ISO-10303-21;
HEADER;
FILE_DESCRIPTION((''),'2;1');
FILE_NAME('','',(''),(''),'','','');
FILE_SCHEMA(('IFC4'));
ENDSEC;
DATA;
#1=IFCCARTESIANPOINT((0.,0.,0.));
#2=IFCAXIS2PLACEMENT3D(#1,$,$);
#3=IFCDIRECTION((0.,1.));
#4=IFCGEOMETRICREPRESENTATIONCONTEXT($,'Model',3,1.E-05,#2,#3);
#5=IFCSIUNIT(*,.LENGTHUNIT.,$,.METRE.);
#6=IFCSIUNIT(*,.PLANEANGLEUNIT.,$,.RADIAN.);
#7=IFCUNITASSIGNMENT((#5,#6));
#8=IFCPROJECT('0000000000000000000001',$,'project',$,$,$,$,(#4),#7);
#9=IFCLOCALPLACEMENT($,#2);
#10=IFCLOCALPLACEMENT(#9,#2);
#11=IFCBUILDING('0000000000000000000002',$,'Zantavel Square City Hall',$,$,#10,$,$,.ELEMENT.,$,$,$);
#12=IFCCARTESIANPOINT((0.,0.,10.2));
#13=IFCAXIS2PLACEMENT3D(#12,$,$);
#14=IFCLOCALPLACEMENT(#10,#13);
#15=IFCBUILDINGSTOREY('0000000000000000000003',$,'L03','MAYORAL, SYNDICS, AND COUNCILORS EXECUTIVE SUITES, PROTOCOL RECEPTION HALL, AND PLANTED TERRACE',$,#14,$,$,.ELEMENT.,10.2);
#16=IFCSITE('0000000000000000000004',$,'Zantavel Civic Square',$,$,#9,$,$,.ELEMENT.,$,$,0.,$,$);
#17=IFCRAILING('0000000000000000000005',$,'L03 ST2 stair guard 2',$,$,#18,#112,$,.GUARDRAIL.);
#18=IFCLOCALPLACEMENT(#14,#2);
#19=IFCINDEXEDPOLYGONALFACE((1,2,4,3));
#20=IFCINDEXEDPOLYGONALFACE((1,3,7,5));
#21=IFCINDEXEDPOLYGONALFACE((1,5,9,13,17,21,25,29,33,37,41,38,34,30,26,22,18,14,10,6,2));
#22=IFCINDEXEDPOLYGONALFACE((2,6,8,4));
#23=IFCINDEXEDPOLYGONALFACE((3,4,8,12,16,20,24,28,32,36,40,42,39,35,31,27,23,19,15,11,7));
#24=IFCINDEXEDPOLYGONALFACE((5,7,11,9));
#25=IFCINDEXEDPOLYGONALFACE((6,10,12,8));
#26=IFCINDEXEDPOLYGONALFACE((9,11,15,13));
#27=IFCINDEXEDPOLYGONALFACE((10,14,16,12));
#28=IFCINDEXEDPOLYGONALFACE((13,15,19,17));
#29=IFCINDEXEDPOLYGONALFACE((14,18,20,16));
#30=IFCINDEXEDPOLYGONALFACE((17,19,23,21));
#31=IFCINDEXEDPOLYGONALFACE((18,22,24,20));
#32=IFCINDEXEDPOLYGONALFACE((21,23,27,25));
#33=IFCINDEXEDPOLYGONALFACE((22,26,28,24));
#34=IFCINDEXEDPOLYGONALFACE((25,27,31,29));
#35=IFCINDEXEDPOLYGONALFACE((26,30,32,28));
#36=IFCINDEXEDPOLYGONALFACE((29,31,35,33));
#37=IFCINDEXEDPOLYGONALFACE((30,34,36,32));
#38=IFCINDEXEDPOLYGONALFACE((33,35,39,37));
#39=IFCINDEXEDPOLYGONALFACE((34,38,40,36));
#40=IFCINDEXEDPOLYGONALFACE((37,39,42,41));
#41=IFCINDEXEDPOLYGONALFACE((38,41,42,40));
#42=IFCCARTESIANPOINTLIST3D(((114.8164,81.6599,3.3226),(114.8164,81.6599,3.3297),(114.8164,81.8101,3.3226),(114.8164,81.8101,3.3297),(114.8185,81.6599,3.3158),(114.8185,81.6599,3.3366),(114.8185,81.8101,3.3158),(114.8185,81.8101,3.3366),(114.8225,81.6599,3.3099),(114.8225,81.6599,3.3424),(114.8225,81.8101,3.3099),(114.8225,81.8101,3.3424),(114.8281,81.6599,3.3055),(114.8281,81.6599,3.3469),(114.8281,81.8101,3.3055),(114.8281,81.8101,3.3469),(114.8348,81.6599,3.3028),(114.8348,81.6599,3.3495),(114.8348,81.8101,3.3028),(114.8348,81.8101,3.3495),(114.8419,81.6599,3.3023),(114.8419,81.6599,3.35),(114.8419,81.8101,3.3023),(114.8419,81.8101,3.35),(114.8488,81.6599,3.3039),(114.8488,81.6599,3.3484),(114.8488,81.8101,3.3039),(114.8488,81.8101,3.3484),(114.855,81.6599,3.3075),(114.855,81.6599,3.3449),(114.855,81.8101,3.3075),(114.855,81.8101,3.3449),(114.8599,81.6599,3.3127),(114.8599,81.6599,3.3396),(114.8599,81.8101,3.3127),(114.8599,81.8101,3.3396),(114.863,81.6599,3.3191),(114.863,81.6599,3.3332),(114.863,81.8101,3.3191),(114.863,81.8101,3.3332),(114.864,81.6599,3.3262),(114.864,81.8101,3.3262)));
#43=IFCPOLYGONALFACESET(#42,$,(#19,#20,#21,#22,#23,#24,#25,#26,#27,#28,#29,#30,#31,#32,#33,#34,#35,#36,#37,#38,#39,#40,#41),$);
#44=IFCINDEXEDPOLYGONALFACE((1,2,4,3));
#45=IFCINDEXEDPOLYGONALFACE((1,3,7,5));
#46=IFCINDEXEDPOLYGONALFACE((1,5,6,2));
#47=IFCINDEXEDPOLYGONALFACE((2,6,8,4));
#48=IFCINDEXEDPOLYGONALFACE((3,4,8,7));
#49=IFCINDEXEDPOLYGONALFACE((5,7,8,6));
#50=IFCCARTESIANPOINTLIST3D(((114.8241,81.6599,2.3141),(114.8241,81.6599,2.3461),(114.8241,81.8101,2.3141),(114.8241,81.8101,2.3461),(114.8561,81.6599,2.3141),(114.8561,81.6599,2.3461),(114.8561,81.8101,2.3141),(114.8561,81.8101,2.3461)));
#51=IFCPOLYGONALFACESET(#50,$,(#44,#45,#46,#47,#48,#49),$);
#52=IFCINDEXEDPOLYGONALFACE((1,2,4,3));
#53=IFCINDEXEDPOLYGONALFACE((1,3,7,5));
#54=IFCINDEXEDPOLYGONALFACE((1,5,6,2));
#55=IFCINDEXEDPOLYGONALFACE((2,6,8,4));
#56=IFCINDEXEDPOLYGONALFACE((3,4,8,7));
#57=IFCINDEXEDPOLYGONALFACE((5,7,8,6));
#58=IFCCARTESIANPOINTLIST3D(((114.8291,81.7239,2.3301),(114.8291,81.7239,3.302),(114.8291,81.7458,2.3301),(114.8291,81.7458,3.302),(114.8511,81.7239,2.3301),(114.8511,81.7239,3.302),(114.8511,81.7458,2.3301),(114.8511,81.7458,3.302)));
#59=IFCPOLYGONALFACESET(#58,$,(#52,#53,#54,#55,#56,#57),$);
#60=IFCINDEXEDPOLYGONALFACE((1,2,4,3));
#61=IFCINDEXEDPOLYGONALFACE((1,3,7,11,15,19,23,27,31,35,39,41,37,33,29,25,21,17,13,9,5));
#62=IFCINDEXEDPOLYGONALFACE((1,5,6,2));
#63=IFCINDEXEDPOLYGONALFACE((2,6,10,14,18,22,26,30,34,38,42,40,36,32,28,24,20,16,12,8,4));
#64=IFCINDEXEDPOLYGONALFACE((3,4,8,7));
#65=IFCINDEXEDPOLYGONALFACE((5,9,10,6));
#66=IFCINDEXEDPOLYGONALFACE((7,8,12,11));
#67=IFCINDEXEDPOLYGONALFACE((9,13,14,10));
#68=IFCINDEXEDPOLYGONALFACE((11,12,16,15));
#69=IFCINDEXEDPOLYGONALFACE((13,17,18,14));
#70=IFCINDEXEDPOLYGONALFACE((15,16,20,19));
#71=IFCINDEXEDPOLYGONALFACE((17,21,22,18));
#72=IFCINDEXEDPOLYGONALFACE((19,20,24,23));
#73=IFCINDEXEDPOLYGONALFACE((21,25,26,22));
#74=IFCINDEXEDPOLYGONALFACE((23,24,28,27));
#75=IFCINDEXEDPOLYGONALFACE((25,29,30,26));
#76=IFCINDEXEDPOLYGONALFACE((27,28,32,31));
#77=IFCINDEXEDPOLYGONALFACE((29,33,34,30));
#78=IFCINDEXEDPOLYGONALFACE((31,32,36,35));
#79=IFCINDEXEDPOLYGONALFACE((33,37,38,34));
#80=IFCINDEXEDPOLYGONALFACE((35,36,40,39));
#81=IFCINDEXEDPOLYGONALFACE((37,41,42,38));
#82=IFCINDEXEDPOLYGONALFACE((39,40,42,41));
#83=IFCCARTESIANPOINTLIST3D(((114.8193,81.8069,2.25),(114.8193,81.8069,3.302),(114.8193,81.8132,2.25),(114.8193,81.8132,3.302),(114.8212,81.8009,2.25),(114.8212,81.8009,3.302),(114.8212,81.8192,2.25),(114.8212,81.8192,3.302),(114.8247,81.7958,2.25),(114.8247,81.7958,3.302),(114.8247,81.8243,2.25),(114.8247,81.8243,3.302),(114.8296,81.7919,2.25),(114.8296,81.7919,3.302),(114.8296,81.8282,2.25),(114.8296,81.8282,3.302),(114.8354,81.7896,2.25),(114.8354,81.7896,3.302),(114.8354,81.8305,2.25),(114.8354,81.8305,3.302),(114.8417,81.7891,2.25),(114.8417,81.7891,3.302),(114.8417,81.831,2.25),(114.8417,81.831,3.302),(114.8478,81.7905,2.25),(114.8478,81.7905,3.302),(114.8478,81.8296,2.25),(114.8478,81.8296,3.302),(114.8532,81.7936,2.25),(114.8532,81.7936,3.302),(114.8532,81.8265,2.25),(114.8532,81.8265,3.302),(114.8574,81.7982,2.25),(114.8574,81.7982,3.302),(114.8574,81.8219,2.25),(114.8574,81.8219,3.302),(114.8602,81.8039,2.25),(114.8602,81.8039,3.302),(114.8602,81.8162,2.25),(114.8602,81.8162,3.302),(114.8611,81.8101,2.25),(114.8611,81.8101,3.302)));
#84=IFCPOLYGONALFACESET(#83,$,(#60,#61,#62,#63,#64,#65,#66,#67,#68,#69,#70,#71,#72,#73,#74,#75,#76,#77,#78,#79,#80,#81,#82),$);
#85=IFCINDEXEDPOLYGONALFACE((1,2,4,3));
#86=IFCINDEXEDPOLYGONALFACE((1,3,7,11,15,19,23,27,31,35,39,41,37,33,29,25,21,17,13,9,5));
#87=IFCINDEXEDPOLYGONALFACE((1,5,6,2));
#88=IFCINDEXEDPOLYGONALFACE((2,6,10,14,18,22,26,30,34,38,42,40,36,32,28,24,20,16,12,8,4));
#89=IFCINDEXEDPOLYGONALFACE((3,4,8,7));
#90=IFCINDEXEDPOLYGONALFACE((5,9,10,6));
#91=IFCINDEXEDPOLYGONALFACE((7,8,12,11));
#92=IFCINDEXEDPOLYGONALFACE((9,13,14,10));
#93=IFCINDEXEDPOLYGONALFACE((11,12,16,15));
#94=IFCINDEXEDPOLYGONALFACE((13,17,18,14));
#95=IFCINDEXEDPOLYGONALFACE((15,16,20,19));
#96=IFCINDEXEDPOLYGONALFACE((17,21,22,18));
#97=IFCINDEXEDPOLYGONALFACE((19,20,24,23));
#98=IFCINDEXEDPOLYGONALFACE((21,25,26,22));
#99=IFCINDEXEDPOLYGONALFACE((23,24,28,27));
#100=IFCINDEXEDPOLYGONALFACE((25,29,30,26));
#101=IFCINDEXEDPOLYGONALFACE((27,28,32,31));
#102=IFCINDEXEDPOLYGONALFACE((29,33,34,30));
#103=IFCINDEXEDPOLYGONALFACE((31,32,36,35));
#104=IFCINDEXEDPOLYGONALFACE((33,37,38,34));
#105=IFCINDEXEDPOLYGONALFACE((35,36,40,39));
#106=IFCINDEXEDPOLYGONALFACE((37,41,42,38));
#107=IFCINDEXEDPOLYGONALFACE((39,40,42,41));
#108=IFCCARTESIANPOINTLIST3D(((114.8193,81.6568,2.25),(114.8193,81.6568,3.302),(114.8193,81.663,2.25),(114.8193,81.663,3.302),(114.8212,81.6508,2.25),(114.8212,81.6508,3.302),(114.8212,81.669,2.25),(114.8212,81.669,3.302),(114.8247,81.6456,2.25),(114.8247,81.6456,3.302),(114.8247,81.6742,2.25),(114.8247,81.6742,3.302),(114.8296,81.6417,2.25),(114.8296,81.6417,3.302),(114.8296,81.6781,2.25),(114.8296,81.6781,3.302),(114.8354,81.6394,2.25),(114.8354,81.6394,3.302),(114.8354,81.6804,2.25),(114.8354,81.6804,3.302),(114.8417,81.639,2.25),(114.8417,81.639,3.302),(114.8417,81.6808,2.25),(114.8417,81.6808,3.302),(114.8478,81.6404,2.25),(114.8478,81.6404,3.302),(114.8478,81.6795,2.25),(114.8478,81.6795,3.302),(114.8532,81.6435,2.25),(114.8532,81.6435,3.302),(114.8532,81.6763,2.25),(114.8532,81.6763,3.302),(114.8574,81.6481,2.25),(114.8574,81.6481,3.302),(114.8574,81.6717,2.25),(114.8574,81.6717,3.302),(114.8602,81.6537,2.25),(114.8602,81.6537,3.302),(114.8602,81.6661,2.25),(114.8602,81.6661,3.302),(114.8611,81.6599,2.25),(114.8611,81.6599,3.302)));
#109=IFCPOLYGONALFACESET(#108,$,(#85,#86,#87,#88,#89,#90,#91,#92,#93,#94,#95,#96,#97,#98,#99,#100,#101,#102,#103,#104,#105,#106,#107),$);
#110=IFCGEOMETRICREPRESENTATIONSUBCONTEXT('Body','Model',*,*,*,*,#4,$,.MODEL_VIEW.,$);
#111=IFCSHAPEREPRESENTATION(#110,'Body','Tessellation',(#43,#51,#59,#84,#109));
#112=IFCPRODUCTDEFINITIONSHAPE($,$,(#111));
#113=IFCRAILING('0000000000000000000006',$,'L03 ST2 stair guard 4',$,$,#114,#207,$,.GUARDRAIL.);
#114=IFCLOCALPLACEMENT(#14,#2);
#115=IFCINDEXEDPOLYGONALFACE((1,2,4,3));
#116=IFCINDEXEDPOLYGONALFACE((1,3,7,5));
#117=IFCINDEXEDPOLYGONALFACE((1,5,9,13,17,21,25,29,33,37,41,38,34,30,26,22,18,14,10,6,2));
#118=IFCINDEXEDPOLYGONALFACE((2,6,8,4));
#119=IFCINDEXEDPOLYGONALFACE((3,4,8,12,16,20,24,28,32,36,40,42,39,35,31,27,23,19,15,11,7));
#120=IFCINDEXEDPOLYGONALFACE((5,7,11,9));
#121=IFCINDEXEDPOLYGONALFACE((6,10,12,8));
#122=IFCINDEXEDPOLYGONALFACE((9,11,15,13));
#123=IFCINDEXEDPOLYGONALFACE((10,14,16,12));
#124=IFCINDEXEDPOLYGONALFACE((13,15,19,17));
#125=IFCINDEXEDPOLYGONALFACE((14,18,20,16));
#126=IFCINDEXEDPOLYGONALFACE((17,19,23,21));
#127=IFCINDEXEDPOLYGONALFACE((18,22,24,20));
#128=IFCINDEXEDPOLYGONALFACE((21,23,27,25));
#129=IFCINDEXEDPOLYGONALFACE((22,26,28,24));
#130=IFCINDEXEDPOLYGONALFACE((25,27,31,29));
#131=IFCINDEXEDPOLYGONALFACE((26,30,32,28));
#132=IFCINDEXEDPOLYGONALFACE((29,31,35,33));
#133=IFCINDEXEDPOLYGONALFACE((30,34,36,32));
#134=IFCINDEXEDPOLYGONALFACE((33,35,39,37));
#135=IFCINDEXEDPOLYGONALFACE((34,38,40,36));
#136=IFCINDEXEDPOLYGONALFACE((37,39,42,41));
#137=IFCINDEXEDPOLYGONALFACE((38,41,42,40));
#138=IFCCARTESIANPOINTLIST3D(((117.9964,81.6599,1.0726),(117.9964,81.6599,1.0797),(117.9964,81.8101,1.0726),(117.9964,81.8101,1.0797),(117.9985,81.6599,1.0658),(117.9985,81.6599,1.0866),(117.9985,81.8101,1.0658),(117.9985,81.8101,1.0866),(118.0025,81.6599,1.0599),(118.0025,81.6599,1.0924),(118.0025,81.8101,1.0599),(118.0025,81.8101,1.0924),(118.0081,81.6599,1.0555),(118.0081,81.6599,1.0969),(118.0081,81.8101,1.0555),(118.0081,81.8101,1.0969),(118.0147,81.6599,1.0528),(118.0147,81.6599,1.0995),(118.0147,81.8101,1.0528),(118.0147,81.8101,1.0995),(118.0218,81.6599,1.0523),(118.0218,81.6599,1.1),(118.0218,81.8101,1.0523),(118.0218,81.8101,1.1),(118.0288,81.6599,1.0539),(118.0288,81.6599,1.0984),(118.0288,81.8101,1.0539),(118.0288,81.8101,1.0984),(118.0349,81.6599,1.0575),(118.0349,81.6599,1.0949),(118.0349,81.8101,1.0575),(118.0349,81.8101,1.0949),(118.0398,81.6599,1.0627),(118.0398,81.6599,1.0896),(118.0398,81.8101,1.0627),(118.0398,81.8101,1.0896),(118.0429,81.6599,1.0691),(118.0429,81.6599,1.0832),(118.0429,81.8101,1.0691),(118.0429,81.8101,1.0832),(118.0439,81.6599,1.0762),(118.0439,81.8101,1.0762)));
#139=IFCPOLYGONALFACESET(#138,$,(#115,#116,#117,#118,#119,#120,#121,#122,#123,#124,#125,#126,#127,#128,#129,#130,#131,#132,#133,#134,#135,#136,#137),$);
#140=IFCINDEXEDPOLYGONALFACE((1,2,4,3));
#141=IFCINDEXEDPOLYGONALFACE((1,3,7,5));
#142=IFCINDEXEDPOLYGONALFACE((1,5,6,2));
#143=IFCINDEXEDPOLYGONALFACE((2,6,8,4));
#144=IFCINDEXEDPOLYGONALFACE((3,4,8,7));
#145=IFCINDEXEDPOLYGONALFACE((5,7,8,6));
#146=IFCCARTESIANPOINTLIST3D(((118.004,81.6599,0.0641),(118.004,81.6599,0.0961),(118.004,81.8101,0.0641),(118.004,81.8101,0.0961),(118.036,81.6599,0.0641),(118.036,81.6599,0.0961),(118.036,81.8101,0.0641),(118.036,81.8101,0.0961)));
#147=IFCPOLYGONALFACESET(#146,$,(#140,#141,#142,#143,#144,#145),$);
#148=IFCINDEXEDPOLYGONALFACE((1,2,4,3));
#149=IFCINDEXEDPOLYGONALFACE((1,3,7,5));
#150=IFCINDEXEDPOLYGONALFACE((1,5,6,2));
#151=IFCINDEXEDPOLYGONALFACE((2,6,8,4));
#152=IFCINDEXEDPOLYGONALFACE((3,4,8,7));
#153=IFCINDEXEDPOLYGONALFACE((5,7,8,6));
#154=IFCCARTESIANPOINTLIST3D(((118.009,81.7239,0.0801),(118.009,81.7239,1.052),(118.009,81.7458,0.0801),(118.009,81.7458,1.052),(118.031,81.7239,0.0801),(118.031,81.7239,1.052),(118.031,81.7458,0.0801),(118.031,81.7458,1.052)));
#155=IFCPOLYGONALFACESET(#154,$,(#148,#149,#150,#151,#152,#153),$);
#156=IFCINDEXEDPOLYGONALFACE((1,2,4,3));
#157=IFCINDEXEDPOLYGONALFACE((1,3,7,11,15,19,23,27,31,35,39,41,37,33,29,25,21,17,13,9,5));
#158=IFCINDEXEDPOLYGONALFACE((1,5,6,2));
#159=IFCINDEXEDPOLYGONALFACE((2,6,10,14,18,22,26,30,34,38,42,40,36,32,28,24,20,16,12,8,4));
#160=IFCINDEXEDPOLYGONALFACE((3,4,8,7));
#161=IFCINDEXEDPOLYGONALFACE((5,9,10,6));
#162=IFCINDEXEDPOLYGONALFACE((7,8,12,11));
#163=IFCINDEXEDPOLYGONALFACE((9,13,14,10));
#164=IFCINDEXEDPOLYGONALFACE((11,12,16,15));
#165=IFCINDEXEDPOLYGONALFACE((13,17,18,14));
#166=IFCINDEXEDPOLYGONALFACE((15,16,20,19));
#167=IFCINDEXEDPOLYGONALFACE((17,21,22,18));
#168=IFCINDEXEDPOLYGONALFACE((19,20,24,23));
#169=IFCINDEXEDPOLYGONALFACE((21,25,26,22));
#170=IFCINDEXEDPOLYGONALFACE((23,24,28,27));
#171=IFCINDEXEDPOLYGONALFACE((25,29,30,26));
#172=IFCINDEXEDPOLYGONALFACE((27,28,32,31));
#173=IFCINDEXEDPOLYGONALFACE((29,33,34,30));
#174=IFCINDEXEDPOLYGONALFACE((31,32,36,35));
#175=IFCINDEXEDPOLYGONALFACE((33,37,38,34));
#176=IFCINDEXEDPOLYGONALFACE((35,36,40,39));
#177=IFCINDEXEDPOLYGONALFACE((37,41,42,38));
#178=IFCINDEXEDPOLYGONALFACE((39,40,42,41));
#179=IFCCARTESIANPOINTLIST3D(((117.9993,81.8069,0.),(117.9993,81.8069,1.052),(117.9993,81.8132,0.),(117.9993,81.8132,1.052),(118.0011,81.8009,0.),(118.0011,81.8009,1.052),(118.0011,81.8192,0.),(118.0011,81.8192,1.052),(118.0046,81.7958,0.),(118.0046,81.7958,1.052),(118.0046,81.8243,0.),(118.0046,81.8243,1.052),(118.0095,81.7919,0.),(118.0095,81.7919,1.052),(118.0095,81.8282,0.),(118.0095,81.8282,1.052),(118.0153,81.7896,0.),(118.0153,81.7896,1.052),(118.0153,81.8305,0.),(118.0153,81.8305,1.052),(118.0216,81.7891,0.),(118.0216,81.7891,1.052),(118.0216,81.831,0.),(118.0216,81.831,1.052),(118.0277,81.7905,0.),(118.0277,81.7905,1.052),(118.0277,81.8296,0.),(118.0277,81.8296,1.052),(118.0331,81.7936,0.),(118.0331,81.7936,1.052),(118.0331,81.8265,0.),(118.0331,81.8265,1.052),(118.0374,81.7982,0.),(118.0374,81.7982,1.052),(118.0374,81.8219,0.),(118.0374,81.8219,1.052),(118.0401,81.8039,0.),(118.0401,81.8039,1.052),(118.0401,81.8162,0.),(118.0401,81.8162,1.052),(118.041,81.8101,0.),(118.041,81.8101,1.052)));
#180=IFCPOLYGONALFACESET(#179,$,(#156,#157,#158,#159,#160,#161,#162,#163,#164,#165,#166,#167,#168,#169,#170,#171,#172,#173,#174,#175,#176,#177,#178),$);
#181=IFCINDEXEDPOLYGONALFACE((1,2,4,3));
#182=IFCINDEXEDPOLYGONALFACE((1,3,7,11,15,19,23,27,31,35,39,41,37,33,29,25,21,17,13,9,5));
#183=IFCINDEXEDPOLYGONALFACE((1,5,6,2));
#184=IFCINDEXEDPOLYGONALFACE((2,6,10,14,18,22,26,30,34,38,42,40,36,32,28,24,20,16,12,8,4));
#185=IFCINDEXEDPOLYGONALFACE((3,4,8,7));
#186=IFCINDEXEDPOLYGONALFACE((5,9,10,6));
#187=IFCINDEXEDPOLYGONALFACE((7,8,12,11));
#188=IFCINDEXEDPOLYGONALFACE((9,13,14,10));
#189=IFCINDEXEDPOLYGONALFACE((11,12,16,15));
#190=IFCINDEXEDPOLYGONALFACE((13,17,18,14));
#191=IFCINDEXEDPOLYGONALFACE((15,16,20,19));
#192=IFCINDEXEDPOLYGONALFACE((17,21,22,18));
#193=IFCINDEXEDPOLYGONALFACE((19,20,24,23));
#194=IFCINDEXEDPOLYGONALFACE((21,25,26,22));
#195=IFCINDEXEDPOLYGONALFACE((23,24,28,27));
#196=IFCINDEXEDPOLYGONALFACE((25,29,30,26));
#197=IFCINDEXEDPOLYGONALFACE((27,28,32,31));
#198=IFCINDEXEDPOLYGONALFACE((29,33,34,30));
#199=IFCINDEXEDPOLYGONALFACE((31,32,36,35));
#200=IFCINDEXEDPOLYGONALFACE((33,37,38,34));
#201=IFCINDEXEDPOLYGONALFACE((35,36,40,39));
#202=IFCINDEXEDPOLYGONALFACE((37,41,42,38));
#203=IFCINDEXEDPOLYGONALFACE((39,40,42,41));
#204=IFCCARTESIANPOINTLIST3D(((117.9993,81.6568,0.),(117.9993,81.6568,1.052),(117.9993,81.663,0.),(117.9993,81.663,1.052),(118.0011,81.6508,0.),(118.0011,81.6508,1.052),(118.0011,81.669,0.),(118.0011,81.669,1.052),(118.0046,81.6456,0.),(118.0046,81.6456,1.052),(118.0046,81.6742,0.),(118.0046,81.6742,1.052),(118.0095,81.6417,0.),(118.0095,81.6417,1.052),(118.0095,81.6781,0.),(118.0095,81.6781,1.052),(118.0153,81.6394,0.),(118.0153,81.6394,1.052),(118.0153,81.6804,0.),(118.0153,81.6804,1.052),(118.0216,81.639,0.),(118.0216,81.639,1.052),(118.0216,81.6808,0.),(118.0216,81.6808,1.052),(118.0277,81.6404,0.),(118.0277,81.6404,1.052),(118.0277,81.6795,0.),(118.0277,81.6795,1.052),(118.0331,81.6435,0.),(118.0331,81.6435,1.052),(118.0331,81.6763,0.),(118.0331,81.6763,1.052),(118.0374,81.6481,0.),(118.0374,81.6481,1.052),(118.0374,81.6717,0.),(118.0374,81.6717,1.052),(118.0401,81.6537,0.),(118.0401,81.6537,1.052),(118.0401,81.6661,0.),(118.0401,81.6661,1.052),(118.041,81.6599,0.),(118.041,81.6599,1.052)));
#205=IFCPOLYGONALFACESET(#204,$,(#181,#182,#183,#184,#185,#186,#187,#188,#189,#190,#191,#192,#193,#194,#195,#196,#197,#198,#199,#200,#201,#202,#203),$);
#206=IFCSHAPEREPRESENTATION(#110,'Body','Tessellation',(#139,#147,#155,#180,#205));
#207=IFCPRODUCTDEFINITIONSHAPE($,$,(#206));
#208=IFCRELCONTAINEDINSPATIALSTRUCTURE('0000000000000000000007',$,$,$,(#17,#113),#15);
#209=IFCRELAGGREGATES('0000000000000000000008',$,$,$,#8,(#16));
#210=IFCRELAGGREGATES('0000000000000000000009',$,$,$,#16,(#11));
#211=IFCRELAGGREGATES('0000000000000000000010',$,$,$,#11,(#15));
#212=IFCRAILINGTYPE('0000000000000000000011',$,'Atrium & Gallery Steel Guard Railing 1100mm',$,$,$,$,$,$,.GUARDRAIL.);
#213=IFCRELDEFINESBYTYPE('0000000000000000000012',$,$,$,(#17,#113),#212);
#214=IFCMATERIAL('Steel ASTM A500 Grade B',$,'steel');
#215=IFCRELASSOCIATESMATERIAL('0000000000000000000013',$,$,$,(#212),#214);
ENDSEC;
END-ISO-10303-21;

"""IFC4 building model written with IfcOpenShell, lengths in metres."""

from ifc_helpers import new_model, si_unit, direction, frame, origin, origin_2d, place, context, subcontext, project, spatial, rectangle, circle, extrude, material, type_object, element, save


model = new_model("IFC4")

# Units and contexts
model_context = context("Model", 3, precision=1e-05, world=origin(), true_north=direction((0.0, 1.0)))
body_context = subcontext(model_context, "Body", "Model", "MODEL_VIEW")
ifc_project = project(units=[si_unit("LENGTHUNIT", "METRE"), si_unit("PLANEANGLEUNIT", "RADIAN")], contexts=[model_context])

# Site, building, storey
site_placement = place(None, origin())
site = spatial("IfcSite", under=ifc_project, at=site_placement, Name="Zantavel Civic Square", CompositionType="ELEMENT", RefElevation=0.0)
building_placement = place(site_placement, origin())
building = spatial("IfcBuilding", under=site, at=building_placement, Name="Zantavel Square City Hall", CompositionType="ELEMENT")
storey_placement = place(building_placement, frame((0.0, 0.0, 10.2)))
storey = spatial("IfcBuildingStorey", under=building, at=storey_placement, Name="L03", Description="MAYORAL, SYNDICS, AND COUNCILORS EXECUTIVE SUITES, PROTOCOL RECEPTION HALL, AND PLANTED TERRACE", CompositionType="ELEMENT", Elevation=10.2)

# Shared definitions
ifc_material_1 = material(Name="Steel ASTM A500 Grade B", Category="steel")

# Railings
railing_type_1 = type_object("IfcRailingType", Name="Atrium & Gallery Steel Guard Railing 1100mm", PredefinedType="GUARDRAIL", material=ifc_material_1)
railing_1_placement = place(storey_placement, frame((114.8401, 81.8101, 2.25)))
element("IfcRailing", 1, at=railing_1_placement, inside=storey, type_object=railing_type_1, Name="L03 ST2 stair guard 2", PredefinedType="GUARDRAIL", context=body_context, shape_type="SweptSolid", body=[
    extrude(circle(Radius=0.0239, at=origin_2d()), frame((0.0, 0.0, 1.0762), z_axis=(0.0, -1.0, 0.0), x_axis=(1.0, 0.0, 0.0)), (0.0, 0.0, 1.0), 0.1501),
    extrude(rectangle(XDim=0.032, YDim=0.032, at=origin_2d()), frame((0.0, 0.0, 0.0801), z_axis=(0.0, -1.0, 0.0), x_axis=(1.0, 0.0, 0.0)), (0.0, 0.0, 1.0), 0.1501),
    extrude(rectangle(XDim=0.022, YDim=0.022, at=origin_2d()), frame((0.0, -0.0752, 0.0801)), (0.0, 0.0, 1.0), 0.9719),
    extrude(circle(Radius=0.021, at=origin_2d()), origin(), (0.0, 0.0, 1.0), 1.052),
    extrude(circle(Radius=0.021, at=origin_2d()), frame((0.0, -0.1501, 0.0)), (0.0, 0.0, 1.0), 1.052),
])
railing_2_placement = place(storey_placement, frame((118.02, 81.8101, 0.0)))
element("IfcRailing", 2, at=railing_2_placement, inside=storey, type_object=railing_type_1, Name="L03 ST2 stair guard 4", PredefinedType="GUARDRAIL", context=body_context, shape_type="SweptSolid", body=[
    extrude(circle(Radius=0.0239, at=origin_2d()), frame((0.0, 0.0, 1.0762), z_axis=(0.0, -1.0, 0.0), x_axis=(1.0, 0.0, 0.0)), (0.0, 0.0, 1.0), 0.1501),
    extrude(rectangle(XDim=0.032, YDim=0.032, at=origin_2d()), frame((0.0, 0.0, 0.0801), z_axis=(0.0, -1.0, 0.0), x_axis=(1.0, 0.0, 0.0)), (0.0, 0.0, 1.0), 0.1501),
    extrude(rectangle(XDim=0.022, YDim=0.022, at=origin_2d()), frame((0.0, -0.0752, 0.0801)), (0.0, 0.0, 1.0), 0.9719),
    extrude(circle(Radius=0.021, at=origin_2d()), origin(), (0.0, 0.0, 1.0), 1.052),
    extrude(circle(Radius=0.021, at=origin_2d()), frame((0.0, -0.1501, 0.0)), (0.0, 0.0, 1.0), 1.052),
])

save(model, "model.ifc")
